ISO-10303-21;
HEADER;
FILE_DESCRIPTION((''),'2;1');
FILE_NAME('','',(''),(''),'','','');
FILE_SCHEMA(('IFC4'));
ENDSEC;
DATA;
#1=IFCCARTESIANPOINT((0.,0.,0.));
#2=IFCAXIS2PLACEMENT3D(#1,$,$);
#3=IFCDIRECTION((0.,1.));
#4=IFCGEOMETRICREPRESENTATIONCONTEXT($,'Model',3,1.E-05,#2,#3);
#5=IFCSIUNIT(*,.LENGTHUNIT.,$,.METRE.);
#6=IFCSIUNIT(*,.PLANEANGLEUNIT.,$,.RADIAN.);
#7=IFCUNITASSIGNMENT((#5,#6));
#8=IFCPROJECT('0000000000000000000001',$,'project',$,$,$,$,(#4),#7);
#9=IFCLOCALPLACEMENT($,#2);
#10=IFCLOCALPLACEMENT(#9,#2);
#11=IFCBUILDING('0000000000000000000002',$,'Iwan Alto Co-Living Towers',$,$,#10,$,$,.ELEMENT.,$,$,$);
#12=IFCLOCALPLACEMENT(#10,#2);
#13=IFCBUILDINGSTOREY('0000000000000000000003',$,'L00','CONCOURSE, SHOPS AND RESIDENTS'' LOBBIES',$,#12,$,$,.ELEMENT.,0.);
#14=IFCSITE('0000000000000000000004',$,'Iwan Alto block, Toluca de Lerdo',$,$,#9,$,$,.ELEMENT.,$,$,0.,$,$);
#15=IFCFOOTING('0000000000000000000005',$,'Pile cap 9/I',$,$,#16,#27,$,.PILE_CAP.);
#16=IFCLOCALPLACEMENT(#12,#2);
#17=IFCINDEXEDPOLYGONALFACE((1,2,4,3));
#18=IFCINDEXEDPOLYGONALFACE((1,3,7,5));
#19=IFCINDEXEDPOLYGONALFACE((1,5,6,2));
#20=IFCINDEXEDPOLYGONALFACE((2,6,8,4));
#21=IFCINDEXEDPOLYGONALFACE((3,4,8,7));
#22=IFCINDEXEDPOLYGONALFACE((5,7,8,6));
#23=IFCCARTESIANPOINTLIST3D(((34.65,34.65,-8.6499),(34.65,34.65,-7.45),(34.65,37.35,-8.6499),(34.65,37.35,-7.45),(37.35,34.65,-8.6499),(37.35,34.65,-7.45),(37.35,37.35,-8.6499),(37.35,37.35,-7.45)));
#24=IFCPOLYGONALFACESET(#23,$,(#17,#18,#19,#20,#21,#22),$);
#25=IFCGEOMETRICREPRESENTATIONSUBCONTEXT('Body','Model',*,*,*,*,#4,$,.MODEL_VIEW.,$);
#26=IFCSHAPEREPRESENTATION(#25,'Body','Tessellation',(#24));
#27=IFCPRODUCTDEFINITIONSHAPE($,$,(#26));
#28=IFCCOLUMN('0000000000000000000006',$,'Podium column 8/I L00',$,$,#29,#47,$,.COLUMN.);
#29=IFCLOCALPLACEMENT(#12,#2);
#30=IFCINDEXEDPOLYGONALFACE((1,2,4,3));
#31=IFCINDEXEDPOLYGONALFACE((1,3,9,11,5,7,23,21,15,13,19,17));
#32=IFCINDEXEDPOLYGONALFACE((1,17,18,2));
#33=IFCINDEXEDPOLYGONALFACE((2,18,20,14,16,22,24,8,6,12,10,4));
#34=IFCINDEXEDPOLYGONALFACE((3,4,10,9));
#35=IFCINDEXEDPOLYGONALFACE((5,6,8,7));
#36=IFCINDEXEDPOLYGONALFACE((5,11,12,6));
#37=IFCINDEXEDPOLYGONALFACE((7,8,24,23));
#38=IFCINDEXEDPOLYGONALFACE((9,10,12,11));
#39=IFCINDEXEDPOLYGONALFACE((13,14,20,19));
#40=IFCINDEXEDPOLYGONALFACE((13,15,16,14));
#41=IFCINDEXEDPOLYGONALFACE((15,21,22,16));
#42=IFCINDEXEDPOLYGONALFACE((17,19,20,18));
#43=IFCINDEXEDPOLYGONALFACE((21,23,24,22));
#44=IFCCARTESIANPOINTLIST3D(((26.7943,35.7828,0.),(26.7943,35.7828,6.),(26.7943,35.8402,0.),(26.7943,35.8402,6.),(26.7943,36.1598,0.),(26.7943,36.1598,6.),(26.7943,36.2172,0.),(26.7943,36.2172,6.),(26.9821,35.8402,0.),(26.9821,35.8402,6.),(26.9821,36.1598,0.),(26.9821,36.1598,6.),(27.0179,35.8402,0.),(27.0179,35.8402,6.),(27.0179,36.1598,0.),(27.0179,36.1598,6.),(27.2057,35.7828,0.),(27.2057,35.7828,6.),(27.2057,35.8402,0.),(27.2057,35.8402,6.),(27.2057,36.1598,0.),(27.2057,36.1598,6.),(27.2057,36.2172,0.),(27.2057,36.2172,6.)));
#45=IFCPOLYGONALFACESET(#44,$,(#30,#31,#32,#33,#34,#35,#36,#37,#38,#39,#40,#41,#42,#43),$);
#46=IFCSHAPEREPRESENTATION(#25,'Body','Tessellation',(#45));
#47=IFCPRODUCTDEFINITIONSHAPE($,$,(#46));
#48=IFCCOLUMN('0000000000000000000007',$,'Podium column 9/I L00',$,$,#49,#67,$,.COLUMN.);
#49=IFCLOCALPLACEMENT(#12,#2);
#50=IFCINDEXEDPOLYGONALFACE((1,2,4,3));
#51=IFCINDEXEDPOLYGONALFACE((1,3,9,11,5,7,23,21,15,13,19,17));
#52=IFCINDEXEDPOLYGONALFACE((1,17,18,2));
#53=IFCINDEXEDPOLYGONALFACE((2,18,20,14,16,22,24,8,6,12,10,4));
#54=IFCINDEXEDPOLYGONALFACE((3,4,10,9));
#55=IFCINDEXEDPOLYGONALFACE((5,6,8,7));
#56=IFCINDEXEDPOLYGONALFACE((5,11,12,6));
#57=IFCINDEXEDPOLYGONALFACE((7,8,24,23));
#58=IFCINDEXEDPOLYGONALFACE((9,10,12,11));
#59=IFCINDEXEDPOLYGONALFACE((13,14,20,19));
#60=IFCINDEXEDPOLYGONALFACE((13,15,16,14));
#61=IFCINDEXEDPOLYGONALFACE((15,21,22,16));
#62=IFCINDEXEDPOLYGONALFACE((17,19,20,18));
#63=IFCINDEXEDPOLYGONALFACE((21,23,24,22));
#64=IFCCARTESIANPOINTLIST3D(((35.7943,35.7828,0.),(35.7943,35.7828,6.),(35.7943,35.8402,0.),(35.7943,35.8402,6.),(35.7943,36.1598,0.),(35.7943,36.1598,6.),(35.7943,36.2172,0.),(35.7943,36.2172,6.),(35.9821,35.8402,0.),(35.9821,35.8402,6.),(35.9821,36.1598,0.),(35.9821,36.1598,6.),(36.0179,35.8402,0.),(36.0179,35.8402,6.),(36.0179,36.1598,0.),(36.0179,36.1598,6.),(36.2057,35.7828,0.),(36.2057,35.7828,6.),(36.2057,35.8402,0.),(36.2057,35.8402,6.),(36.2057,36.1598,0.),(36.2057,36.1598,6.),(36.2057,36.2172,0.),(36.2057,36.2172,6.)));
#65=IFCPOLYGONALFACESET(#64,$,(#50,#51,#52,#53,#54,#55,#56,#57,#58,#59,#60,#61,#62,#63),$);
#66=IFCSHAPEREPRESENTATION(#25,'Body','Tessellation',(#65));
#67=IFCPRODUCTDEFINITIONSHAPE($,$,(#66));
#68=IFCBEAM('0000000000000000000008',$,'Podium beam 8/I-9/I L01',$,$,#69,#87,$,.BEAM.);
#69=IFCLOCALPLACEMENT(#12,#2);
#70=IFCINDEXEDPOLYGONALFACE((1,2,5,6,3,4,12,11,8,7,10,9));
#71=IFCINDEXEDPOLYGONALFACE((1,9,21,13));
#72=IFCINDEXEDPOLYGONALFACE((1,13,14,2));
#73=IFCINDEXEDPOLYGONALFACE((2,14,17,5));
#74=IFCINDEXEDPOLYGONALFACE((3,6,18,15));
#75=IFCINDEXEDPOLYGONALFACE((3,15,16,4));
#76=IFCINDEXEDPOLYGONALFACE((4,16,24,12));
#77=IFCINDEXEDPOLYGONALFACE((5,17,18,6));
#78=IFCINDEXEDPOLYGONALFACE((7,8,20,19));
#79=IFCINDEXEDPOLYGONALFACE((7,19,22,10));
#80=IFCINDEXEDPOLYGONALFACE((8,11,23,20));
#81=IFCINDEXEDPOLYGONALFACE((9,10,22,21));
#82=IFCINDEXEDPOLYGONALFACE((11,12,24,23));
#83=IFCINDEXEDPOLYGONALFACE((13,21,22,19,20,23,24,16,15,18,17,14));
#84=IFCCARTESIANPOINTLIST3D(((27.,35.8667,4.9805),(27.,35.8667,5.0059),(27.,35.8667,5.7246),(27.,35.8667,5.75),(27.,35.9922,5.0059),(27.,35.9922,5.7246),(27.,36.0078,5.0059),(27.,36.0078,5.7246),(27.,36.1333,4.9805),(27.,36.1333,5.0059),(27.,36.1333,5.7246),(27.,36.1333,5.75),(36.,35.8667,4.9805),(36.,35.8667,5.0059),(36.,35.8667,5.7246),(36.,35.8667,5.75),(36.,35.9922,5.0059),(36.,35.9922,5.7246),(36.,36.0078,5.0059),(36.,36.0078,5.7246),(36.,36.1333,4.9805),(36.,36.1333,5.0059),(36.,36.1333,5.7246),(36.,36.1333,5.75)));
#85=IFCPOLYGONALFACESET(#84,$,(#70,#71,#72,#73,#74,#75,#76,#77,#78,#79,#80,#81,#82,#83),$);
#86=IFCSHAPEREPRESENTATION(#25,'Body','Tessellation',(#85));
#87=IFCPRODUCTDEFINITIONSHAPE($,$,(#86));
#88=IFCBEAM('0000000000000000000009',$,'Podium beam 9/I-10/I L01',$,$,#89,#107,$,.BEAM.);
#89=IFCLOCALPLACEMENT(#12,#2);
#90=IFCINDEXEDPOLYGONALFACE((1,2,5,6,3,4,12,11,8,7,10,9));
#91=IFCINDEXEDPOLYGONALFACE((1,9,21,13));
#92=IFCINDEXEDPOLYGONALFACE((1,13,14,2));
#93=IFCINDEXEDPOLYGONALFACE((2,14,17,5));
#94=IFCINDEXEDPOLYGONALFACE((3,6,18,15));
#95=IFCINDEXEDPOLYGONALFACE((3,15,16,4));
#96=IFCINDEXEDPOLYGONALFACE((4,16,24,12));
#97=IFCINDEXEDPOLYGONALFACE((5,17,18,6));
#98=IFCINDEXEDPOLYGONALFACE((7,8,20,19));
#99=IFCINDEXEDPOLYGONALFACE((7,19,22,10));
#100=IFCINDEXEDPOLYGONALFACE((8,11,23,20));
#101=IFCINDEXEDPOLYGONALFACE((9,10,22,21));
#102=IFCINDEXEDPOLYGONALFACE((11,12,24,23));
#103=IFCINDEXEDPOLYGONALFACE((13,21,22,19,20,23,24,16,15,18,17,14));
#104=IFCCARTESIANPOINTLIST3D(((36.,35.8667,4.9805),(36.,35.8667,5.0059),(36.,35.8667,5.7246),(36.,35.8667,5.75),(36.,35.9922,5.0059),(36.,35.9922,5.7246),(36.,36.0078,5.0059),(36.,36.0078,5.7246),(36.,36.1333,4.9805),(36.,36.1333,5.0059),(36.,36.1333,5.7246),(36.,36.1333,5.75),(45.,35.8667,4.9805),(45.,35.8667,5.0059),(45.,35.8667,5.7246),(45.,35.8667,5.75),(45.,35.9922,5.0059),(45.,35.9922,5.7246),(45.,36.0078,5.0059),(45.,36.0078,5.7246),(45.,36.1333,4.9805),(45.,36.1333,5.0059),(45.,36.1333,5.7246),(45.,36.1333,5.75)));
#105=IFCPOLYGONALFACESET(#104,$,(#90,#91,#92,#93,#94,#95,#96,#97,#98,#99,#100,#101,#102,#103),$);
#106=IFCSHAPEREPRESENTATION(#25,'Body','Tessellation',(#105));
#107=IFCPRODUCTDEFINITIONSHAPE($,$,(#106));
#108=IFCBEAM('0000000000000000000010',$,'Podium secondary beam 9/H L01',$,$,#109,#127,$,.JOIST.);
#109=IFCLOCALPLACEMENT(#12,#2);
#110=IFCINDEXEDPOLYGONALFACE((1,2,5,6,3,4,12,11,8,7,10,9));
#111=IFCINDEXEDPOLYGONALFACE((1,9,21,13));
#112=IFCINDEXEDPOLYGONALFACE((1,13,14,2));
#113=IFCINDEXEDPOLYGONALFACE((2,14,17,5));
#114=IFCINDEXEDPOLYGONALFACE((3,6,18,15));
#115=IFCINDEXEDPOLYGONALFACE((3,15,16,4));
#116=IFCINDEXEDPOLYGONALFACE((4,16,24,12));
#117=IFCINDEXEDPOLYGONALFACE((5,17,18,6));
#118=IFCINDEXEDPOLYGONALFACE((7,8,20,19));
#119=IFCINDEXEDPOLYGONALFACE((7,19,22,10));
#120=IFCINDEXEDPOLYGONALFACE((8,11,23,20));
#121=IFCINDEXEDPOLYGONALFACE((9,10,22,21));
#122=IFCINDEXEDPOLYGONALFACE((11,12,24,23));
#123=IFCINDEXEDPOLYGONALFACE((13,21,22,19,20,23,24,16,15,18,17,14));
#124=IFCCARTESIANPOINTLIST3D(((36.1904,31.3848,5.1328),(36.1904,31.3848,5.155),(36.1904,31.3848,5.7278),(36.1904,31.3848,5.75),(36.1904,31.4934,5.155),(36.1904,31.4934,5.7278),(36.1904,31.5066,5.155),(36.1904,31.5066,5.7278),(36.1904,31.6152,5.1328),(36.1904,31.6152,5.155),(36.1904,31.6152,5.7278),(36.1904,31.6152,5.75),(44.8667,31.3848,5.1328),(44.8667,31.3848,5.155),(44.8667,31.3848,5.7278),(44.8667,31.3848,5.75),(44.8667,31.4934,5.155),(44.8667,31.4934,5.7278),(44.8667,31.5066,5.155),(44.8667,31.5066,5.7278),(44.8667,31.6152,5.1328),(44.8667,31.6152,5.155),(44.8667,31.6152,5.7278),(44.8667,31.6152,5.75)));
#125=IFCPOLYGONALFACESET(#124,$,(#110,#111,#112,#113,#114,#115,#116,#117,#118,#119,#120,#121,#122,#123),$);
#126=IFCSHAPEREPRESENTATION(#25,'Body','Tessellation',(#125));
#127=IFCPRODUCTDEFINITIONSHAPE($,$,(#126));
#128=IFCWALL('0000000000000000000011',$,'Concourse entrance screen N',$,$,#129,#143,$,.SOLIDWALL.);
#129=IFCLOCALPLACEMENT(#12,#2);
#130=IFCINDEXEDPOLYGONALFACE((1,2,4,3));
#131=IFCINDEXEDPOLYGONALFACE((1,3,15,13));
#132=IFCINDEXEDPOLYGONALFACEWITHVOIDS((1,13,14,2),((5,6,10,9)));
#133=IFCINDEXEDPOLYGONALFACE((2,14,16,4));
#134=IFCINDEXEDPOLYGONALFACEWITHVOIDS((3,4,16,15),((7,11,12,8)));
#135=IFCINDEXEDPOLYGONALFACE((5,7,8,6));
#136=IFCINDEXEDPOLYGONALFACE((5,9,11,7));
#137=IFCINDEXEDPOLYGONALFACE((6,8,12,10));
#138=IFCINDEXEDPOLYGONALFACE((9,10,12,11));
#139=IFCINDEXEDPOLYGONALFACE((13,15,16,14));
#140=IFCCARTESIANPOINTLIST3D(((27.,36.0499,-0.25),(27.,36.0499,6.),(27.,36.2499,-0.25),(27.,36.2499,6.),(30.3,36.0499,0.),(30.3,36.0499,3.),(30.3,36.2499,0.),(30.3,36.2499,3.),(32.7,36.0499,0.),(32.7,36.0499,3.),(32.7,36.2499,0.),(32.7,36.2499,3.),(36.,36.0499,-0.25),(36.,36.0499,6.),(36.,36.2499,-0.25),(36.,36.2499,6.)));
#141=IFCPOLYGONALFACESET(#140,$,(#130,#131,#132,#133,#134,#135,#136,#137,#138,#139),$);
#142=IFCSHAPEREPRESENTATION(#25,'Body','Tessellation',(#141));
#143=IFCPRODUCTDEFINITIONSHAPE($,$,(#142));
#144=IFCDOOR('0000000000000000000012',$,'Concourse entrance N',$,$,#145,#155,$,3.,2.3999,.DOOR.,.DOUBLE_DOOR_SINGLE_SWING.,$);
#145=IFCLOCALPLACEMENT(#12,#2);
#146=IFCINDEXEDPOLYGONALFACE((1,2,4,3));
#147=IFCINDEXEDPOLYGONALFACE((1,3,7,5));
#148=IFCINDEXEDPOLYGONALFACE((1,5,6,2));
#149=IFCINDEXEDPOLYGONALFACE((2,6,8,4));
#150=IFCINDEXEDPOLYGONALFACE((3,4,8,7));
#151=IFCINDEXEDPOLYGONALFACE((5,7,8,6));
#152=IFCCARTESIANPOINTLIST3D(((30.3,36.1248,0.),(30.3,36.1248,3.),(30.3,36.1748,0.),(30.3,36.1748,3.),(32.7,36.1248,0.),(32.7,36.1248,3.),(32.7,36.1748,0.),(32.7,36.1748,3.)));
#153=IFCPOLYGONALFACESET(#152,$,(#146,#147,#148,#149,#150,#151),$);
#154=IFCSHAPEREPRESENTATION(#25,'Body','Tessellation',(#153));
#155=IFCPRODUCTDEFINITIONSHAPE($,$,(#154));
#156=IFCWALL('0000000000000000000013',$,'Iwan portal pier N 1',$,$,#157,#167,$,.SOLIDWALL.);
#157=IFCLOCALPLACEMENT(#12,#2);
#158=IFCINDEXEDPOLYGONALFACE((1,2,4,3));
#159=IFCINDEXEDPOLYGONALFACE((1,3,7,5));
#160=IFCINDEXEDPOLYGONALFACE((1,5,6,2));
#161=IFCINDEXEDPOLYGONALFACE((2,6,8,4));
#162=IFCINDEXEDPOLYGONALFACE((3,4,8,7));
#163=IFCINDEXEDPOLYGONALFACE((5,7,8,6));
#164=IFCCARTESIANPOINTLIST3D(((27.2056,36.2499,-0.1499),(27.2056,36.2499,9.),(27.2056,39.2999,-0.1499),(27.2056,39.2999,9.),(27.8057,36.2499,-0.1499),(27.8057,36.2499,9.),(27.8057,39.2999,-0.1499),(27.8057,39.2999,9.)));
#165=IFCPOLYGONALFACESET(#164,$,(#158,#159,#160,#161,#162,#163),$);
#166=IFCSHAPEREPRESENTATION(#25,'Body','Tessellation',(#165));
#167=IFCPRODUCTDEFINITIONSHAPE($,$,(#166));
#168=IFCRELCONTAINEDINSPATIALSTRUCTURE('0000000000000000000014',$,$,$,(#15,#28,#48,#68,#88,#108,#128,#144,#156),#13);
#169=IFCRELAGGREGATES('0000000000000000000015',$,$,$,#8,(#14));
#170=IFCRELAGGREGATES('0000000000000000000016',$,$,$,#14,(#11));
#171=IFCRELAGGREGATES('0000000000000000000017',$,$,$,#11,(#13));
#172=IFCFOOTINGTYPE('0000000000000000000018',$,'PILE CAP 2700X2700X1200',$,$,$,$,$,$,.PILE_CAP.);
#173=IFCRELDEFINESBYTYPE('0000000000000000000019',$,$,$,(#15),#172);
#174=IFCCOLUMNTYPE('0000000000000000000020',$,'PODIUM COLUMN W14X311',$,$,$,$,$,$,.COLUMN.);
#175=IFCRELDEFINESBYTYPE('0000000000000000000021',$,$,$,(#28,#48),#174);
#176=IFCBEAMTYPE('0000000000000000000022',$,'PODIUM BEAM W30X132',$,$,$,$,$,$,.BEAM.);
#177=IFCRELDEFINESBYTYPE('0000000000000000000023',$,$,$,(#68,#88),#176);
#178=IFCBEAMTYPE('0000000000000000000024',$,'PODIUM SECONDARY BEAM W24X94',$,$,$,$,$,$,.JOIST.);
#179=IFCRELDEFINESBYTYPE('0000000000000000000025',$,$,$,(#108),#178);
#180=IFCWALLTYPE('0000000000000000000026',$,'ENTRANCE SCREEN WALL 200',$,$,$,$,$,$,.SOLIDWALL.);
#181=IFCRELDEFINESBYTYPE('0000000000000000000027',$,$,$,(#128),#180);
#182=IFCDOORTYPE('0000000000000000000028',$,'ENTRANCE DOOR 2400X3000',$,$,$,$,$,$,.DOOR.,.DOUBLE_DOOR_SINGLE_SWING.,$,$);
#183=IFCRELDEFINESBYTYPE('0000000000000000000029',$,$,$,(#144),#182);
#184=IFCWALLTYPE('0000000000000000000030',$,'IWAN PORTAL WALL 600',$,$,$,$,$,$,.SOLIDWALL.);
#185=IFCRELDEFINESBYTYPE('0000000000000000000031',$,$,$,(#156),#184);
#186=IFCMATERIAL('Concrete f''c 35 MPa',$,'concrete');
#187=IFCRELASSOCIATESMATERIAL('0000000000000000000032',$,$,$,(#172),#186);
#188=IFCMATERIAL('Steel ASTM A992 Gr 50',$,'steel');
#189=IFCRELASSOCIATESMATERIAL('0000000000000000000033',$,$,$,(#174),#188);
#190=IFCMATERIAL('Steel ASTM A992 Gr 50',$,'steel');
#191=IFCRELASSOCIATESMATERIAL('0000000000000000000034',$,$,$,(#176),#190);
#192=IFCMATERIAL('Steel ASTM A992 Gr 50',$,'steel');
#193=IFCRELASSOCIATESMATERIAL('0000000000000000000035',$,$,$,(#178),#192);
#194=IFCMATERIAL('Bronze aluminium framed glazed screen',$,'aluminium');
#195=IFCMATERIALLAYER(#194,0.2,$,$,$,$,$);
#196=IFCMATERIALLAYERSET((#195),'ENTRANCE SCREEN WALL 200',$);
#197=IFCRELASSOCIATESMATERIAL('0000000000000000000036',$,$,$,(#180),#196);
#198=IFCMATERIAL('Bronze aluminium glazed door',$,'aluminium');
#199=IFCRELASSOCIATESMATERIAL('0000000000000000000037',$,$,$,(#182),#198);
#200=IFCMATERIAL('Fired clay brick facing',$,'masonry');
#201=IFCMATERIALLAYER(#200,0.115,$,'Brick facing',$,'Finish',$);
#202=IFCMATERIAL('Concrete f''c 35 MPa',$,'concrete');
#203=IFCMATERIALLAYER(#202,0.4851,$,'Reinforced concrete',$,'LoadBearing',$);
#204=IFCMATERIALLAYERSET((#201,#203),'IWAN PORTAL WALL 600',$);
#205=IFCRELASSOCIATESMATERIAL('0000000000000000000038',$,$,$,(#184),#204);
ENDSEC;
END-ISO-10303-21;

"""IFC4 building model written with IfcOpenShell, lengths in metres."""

from ifc_helpers import new_model, si_unit, direction, frame, frame_2d, origin, origin_2d, place, context, subcontext, project, spatial, rectangle, i_section, extrude, material, layer, layer_set, material_profile, profile_set, type_object, element, fill, save


model = new_model("IFC4")

# Units and contexts
model_context = context("Model", 3, precision=1e-05, world=origin(), true_north=direction((0.0, 1.0)))
body_context = subcontext(model_context, "Body", "Model", "MODEL_VIEW")
ifc_project = project(units=[si_unit("LENGTHUNIT", "METRE"), si_unit("PLANEANGLEUNIT", "RADIAN")], contexts=[model_context])

# Site, building, storey
site_placement = place(None, origin())
site = spatial("IfcSite", under=ifc_project, at=site_placement, Name="Iwan Alto block, Toluca de Lerdo", CompositionType="ELEMENT", RefElevation=0.0)
building_placement = place(site_placement, origin())
building = spatial("IfcBuilding", under=site, at=building_placement, Name="Iwan Alto Co-Living Towers", CompositionType="ELEMENT")
storey_placement = place(building_placement, origin())
storey = spatial("IfcBuildingStorey", under=building, at=storey_placement, Name="L00", Description="CONCOURSE, SHOPS AND RESIDENTS' LOBBIES", CompositionType="ELEMENT", Elevation=0.0)

# Footing
ifc_material_1 = material(Name="Concrete f'c 35 MPa", Category="concrete")
footing_type_1 = type_object("IfcFootingType", Name="PILE CAP 2700X2700X1200", PredefinedType="PILE_CAP", material=ifc_material_1)
for number, where, z_axis, x_axis, name in (
    (1, (36.0, 36.0, -8.6499), (0.0, 0.0, 1.0), (1.0, 0.0, 0.0), "Pile cap 9/I"),
):
    element("IfcFooting", number, at=place(storey_placement, frame(where, z_axis=z_axis, x_axis=x_axis)), inside=storey, type_object=footing_type_1, Name=name, PredefinedType="PILE_CAP", context=body_context, shape_type="SweptSolid", body=[
        extrude(rectangle(XDim=2.7, YDim=2.7, at=origin_2d()), origin(), (0.0, 0.0, 1.0), 1.2),
    ])

# Columns
ifc_material_2 = material(Name="Steel ASTM A992 Gr 50", Category="steel")
ifc_material_profile_1 = material_profile(ifc_material_2, i_section(OverallWidth=0.4114, OverallDepth=0.4343, WebThickness=0.0359, FlangeThickness=0.0574, at=origin_2d()), Name="W14X311")
ifc_profile_set_1 = profile_set([ifc_material_profile_1], Name="Steel ASTM A992 Gr 50")
column_type = type_object("IfcColumnType", Name="PODIUM COLUMN W14X311", PredefinedType="COLUMN", material=ifc_profile_set_1)
for number, where, z_axis, x_axis, name in (
    (2, (27.0, 36.0, 0.0), (0.0, 0.0, 1.0), (1.0, 0.0, 0.0), "Podium column 8/I L00"),
    (3, (36.0, 36.0, 0.0), (0.0, 0.0, 1.0), (1.0, 0.0, 0.0), "Podium column 9/I L00"),
):
    element("IfcColumn", number, at=place(storey_placement, frame(where, z_axis=z_axis, x_axis=x_axis)), inside=storey, type_object=column_type, Name=name, PredefinedType="COLUMN", context=body_context, shape_type="SweptSolid", body=[
        extrude(i_section(OverallWidth=0.4114, OverallDepth=0.4343, WebThickness=0.0359, FlangeThickness=0.0574, at=origin_2d()), origin(), (0.0, 0.0, 1.0), 6.0),
    ])

# Beams
ifc_material_3 = material(Name="Steel ASTM A992 Gr 50", Category="steel")
ifc_material_profile_2 = material_profile(ifc_material_3, i_section(OverallWidth=0.2666, OverallDepth=0.7695, WebThickness=0.0156, FlangeThickness=0.0254, at=origin_2d()), Name="W30X132")
ifc_profile_set_2 = profile_set([ifc_material_profile_2], Name="Steel ASTM A992 Gr 50")
beam_type_1 = type_object("IfcBeamType", Name="PODIUM BEAM W30X132", PredefinedType="BEAM", material=ifc_profile_set_2)
for number, where, z_axis, x_axis, name in (
    (4, (27.0, 36.0, 5.3652), (1.0, 0.0, 0.0), (0.0, 1.0, 0.0), "Podium beam 8/I-9/I L01"),
    (5, (36.0, 36.0, 5.3652), (1.0, 0.0, 0.0), (0.0, 1.0, 0.0), "Podium beam 9/I-10/I L01"),
):
    element("IfcBeam", number, at=place(storey_placement, frame(where, z_axis=z_axis, x_axis=x_axis)), inside=storey, type_object=beam_type_1, Name=name, PredefinedType="BEAM", context=body_context, shape_type="SweptSolid", body=[
        extrude(i_section(OverallWidth=0.2666, OverallDepth=0.7695, WebThickness=0.0156, FlangeThickness=0.0254, at=origin_2d()), origin(), (0.0, 0.0, 1.0), 9.0),
    ])
ifc_material_4 = material(Name="Steel ASTM A992 Gr 50", Category="steel")
ifc_material_profile_3 = material_profile(ifc_material_4, i_section(OverallWidth=0.2305, OverallDepth=0.6172, WebThickness=0.0132, FlangeThickness=0.0222, at=origin_2d()), Name="W24X94")
ifc_profile_set_3 = profile_set([ifc_material_profile_3], Name="Steel ASTM A992 Gr 50")
beam_type_2 = type_object("IfcBeamType", Name="PODIUM SECONDARY BEAM W24X94", PredefinedType="JOIST", material=ifc_profile_set_3)
beam_placement = place(storey_placement, frame((36.1904, 31.5, 5.4414), z_axis=(1.0, 0.0, 0.0), x_axis=(0.0, 1.0, 0.0)))
element("IfcBeam", 6, at=beam_placement, inside=storey, type_object=beam_type_2, Name="Podium secondary beam 9/H L01", PredefinedType="JOIST", context=body_context, shape_type="SweptSolid", body=[
    extrude(i_section(OverallWidth=0.2305, OverallDepth=0.6172, WebThickness=0.0132, FlangeThickness=0.0222, at=origin_2d()), origin(), (0.0, 0.0, 1.0), 8.6763),
])

# Wall, opening, door
ifc_material_5 = material(Name="Bronze aluminium framed glazed screen", Category="aluminium")
ifc_layer_1 = layer(ifc_material_5, 0.2)
ifc_layer_set_1 = layer_set([ifc_layer_1], Name="ENTRANCE SCREEN WALL 200")
wall_type_1 = type_object("IfcWallType", Name="ENTRANCE SCREEN WALL 200", PredefinedType="SOLIDWALL", material=ifc_layer_set_1)
wall_1_placement = place(storey_placement, frame((36.0, 36.1499, -0.25), z_axis=(0.0, 0.0, 1.0), x_axis=(-1.0, 0.0, 0.0)))
wall_1 = element("IfcWall", 7, at=wall_1_placement, inside=storey, type_object=wall_type_1, Name="Concourse entrance screen N", PredefinedType="SOLIDWALL", context=body_context, shape_type="SweptSolid", body=[
    extrude(rectangle(XDim=9.0, YDim=0.2, at=frame_2d((4.5, 0.0))), origin(), (0.0, 0.0, 1.0), 6.25),
])
opening_1_placement = place(wall_1_placement, frame((3.3, 0.0, 0.25)))
opening_1 = element("IfcOpeningElement", 8, at=opening_1_placement, cuts=wall_1, PredefinedType="OPENING", context=body_context, shape_type="SweptSolid", body=[
    extrude(rectangle(XDim=2.3999, YDim=3.0, at=frame_2d((1.2, 1.5))), frame((0.0, 0.1099, 0.0), z_axis=(0.0, -1.0, 0.0), x_axis=(1.0, 0.0, 0.0)), (0.0, 0.0, 1.0), 0.22),
])
ifc_material_6 = material(Name="Bronze aluminium glazed door", Category="aluminium")
door_type_1 = type_object("IfcDoorType", Name="ENTRANCE DOOR 2400X3000", OperationType="DOUBLE_DOOR_SINGLE_SWING", PredefinedType="DOOR", material=ifc_material_6)
door_1_placement = place(opening_1_placement, frame((2.3999, 0.0, 0.0), z_axis=(0.0, 0.0, 1.0), x_axis=(-1.0, 0.0, 0.0)))
door_1 = element("IfcDoor", 9, at=door_1_placement, inside=storey, type_object=door_type_1, Name="Concourse entrance N", OperationType="DOUBLE_DOOR_SINGLE_SWING", OverallHeight=3.0, OverallWidth=2.3999, PredefinedType="DOOR", context=body_context, shape_type="SweptSolid", body=[
    extrude(rectangle(XDim=2.3999, YDim=3.0, at=frame_2d((1.2, 1.5))), frame((0.0, 0.0249, 0.0), z_axis=(0.0, -1.0, 0.0), x_axis=(1.0, 0.0, 0.0)), (0.0, 0.0, 1.0), 0.05),
])
fill(opening_1, door_1)

# Wall
ifc_material_7 = material(Name="Fired clay brick facing", Category="masonry")
ifc_layer_2 = layer(ifc_material_7, 0.115, Name="Brick facing", Category="Finish")
ifc_material_8 = material(Name="Concrete f'c 35 MPa", Category="concrete")
ifc_layer_3 = layer(ifc_material_8, 0.4851, Name="Reinforced concrete", Category="LoadBearing")
ifc_layer_set_2 = layer_set([ifc_layer_2, ifc_layer_3], Name="IWAN PORTAL WALL 600")
wall_type_2 = type_object("IfcWallType", Name="IWAN PORTAL WALL 600", PredefinedType="SOLIDWALL", material=ifc_layer_set_2)
wall_2_placement = place(storey_placement, frame((27.5056, 36.25, -0.1499), z_axis=(0.0, 0.0, 1.0), x_axis=(0.0, 1.0, 0.0)))
element("IfcWall", 10, at=wall_2_placement, inside=storey, type_object=wall_type_2, Name="Iwan portal pier N 1", PredefinedType="SOLIDWALL", context=body_context, shape_type="SweptSolid", body=[
    extrude(rectangle(XDim=3.05, YDim=0.6001, at=frame_2d((1.5249, 0.0))), origin(), (0.0, 0.0, 1.0), 9.1499),
])

save(model, "model.ifc")
